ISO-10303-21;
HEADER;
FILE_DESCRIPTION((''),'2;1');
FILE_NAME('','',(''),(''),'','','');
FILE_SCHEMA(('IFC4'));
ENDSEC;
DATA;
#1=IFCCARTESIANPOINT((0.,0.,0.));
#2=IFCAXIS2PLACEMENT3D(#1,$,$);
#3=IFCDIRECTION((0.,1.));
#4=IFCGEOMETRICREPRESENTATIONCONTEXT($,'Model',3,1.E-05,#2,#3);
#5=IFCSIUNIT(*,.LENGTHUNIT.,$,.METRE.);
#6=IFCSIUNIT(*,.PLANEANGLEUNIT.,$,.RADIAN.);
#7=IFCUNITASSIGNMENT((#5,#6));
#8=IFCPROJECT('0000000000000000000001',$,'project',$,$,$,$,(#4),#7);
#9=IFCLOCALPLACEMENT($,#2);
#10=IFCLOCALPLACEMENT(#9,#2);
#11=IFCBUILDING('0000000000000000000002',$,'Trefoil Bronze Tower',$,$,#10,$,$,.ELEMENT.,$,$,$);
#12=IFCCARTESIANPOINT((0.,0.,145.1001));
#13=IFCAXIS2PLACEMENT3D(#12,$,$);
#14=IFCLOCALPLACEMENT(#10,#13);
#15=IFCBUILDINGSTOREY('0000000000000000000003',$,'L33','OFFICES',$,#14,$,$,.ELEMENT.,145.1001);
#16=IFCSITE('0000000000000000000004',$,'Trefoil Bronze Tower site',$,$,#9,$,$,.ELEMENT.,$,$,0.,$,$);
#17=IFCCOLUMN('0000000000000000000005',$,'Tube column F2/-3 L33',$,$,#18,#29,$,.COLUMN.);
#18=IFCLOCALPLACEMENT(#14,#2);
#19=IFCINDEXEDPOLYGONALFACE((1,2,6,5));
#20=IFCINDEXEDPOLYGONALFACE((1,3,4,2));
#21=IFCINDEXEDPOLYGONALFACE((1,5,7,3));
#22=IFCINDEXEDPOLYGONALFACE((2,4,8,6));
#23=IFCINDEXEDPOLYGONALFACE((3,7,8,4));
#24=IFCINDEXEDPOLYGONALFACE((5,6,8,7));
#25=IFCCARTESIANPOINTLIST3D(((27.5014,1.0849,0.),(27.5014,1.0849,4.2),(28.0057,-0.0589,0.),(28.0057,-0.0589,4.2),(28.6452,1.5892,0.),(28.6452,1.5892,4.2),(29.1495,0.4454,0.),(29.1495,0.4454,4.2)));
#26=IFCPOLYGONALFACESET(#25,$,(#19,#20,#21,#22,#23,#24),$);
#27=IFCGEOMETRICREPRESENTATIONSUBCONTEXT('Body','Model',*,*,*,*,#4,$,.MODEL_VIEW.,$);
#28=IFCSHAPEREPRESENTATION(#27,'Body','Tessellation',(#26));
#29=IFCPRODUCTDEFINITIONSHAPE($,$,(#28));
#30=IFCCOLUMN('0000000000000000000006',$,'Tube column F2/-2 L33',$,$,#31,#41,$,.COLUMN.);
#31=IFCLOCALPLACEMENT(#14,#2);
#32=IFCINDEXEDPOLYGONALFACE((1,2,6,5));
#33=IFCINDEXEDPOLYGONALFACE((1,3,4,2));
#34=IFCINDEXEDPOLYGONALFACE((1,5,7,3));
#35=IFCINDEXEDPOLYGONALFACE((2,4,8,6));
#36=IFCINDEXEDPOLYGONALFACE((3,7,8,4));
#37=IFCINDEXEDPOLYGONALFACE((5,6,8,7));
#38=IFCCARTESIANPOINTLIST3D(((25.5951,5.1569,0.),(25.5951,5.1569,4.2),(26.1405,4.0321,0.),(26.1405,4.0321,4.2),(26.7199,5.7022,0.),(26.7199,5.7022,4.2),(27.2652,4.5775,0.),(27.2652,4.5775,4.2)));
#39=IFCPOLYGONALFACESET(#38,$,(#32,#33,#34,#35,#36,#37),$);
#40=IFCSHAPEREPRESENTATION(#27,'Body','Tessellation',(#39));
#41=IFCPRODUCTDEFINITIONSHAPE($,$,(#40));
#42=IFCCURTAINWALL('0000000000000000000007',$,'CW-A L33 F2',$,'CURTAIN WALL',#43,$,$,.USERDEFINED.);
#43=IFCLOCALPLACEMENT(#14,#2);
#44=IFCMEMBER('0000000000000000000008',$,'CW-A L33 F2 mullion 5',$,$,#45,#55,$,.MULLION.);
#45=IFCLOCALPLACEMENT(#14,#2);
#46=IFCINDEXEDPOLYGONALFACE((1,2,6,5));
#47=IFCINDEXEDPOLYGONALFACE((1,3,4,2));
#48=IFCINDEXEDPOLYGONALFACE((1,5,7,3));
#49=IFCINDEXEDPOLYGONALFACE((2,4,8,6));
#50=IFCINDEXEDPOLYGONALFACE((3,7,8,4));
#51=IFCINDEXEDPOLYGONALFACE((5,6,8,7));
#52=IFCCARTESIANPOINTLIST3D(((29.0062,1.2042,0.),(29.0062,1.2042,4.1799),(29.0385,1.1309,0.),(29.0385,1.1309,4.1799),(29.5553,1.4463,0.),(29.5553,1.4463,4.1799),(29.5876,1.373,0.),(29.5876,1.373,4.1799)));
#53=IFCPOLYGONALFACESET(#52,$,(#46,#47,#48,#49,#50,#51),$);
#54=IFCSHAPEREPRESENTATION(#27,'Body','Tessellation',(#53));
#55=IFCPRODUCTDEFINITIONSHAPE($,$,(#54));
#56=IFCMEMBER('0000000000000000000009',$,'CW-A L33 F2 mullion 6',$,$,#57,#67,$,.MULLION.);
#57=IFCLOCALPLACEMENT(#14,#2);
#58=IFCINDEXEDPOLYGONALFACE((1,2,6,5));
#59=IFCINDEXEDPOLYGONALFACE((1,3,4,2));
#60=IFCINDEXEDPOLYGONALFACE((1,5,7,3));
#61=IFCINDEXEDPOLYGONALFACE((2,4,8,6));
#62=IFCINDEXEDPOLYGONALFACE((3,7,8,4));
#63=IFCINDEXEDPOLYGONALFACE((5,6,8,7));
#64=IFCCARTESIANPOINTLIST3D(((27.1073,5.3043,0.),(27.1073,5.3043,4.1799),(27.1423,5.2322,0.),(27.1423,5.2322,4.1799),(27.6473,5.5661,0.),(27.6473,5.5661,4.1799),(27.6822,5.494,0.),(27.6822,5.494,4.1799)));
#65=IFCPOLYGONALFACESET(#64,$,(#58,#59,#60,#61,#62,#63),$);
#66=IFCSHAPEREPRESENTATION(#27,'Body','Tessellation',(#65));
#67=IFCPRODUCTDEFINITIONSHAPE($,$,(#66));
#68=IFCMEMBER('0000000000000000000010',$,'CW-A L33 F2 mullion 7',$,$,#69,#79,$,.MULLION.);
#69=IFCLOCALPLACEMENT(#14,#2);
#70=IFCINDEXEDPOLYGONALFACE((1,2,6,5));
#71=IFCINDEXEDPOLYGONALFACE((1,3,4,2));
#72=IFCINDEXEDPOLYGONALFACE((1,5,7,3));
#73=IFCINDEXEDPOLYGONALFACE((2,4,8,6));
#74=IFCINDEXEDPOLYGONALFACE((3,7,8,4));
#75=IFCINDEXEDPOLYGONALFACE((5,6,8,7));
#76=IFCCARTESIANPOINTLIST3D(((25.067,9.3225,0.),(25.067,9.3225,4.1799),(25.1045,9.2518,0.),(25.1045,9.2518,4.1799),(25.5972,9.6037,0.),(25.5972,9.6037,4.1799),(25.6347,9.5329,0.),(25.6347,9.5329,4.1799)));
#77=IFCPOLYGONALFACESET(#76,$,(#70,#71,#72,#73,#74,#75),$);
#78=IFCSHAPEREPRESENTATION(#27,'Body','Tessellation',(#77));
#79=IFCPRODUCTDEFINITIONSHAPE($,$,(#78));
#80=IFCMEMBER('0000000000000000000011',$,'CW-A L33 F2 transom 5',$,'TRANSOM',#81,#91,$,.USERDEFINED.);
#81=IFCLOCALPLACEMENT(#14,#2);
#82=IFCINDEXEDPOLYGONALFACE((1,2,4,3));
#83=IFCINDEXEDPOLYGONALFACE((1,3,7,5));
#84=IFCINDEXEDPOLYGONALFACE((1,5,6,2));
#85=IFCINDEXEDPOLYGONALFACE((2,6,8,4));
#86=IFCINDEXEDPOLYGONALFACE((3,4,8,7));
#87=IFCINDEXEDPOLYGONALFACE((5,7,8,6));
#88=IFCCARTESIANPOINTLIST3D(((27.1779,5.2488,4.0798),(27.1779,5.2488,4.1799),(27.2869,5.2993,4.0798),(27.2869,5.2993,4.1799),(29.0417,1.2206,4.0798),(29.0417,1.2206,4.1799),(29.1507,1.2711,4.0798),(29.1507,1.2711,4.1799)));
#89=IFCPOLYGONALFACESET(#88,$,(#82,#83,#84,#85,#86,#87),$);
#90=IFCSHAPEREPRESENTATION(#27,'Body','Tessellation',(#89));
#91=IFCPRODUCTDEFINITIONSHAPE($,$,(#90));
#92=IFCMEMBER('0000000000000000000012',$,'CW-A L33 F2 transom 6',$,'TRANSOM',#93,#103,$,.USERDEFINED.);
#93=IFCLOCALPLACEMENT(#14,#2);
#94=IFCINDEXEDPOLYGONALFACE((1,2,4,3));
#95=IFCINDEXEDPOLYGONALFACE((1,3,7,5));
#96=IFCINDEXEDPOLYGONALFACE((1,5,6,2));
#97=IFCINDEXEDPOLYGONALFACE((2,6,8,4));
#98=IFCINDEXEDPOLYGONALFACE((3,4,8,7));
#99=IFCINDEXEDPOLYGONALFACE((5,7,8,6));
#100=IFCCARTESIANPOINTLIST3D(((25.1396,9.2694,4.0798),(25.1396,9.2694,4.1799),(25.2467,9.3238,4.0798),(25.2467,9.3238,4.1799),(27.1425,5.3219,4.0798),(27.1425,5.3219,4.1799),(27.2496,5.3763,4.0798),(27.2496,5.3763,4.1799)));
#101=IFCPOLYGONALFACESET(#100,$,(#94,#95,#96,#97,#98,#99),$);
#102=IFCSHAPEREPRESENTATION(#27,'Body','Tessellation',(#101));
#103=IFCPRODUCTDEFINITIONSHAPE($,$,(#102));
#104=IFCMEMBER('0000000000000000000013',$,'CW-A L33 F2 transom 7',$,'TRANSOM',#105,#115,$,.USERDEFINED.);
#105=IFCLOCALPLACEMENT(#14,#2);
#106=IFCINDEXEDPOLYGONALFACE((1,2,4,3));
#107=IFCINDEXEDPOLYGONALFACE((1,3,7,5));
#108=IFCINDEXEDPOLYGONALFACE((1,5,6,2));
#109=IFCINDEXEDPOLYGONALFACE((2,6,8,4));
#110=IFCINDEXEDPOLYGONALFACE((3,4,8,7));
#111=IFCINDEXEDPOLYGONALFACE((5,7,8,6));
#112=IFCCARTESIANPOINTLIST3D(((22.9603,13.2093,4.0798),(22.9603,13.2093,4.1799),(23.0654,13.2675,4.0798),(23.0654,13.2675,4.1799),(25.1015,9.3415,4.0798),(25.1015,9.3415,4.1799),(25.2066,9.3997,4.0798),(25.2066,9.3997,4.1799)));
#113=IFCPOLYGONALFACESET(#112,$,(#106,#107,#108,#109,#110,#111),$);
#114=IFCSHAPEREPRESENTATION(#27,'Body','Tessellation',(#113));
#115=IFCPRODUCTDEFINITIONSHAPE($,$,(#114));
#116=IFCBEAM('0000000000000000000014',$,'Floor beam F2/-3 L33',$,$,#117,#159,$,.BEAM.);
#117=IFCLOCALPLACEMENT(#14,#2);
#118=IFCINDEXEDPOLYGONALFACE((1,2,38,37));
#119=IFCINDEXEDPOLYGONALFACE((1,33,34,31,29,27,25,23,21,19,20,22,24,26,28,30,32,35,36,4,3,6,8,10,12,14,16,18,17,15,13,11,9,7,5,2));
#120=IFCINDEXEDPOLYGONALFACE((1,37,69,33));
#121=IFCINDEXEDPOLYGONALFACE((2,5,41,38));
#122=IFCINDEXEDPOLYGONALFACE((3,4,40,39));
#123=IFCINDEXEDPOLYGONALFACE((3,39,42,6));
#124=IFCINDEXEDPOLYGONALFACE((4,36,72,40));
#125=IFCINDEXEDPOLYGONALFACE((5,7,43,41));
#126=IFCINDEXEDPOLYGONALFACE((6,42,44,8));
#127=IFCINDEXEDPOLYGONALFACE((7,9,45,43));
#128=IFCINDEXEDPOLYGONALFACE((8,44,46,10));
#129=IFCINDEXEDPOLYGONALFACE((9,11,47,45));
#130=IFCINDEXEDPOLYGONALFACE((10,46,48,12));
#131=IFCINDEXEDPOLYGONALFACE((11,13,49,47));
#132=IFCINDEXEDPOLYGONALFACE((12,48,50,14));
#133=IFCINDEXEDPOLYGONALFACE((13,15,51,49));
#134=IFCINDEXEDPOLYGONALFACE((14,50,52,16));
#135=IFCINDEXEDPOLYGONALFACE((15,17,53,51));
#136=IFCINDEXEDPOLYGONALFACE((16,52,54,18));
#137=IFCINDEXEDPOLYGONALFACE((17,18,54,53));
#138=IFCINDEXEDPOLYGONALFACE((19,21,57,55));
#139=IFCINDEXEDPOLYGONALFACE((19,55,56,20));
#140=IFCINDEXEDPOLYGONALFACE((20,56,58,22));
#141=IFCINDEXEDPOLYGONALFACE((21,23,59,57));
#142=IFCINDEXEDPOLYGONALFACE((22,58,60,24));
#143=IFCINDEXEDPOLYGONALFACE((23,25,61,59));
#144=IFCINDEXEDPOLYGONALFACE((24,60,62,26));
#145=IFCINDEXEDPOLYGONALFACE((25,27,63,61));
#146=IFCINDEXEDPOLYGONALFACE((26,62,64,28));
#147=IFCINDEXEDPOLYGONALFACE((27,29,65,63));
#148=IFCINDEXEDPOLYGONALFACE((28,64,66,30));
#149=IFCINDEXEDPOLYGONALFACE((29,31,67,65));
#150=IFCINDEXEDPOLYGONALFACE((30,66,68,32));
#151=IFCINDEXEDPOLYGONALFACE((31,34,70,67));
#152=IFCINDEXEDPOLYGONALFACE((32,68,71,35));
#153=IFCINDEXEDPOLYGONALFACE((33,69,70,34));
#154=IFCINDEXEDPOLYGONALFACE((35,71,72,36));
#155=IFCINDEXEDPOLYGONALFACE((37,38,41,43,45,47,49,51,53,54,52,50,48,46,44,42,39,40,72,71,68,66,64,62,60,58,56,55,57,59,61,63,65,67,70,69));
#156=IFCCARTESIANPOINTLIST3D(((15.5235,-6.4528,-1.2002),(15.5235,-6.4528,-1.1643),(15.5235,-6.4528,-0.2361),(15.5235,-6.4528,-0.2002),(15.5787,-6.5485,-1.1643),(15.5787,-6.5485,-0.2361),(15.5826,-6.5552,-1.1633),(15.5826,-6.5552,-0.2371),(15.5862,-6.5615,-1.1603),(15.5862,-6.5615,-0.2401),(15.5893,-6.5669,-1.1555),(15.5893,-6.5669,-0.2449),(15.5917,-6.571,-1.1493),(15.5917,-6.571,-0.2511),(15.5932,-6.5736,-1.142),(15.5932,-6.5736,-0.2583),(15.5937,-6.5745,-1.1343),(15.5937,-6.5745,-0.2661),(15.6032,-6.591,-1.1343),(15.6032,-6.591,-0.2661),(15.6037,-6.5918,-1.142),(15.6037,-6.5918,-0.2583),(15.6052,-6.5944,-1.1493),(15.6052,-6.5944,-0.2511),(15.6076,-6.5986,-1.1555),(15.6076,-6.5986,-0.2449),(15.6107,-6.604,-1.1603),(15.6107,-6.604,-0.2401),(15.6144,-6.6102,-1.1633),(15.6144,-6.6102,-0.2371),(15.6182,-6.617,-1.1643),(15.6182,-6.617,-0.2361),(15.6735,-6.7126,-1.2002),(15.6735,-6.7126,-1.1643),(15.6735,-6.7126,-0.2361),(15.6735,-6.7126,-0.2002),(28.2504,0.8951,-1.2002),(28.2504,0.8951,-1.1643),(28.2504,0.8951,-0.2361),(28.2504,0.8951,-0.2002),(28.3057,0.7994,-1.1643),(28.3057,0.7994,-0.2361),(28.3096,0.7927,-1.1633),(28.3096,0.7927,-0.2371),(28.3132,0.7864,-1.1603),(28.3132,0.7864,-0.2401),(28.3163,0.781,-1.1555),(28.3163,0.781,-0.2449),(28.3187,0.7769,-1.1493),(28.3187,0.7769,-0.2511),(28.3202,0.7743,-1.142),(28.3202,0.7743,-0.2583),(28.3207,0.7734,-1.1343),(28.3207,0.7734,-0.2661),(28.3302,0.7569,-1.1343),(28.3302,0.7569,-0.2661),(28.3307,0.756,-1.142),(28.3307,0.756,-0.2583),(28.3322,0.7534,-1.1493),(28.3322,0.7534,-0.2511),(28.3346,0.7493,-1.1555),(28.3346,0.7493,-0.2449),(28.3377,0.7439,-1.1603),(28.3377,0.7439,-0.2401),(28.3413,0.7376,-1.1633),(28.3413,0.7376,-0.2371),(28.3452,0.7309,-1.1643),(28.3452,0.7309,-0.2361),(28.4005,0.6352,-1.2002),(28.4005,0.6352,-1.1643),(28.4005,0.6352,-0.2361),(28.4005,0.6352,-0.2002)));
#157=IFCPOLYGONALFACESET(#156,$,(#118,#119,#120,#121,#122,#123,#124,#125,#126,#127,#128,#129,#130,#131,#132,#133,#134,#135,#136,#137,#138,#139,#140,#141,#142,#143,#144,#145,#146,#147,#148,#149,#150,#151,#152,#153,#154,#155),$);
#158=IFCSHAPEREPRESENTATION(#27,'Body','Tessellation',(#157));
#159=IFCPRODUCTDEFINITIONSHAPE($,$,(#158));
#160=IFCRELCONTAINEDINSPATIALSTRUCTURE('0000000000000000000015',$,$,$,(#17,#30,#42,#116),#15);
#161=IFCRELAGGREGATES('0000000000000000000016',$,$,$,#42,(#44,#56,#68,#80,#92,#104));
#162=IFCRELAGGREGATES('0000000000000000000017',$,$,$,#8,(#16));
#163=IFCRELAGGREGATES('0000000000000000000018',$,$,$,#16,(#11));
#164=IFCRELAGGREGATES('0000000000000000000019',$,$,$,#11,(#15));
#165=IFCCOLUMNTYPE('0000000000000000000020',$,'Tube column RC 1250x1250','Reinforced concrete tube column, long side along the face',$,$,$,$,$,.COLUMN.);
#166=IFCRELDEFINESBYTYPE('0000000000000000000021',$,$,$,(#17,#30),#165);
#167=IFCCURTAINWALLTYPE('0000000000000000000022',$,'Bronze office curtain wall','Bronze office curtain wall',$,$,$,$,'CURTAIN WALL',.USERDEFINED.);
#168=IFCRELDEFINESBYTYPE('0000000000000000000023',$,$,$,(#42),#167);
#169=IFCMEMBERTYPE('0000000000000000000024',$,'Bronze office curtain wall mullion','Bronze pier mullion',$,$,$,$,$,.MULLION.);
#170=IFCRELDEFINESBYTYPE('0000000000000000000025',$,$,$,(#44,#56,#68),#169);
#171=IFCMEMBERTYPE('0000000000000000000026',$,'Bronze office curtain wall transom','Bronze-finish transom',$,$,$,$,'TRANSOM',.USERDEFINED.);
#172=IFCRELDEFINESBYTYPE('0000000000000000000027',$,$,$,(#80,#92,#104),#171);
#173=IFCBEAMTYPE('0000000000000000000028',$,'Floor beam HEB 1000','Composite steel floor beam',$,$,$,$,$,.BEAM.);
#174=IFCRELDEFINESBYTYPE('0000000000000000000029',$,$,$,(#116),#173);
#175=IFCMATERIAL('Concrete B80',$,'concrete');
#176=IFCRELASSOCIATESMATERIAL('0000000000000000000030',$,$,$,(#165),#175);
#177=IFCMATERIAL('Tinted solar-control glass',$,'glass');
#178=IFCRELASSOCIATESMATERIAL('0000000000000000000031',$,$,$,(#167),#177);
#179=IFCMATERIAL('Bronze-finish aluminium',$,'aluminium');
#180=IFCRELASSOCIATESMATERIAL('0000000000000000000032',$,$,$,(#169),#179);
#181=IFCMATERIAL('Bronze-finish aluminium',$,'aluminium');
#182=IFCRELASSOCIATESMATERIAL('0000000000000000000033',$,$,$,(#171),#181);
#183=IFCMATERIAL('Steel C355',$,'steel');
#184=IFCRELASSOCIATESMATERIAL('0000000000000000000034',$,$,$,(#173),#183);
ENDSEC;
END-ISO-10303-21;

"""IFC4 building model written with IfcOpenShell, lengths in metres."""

from ifc_helpers import new_model, si_unit, direction, frame, origin, origin_2d, place, context, subcontext, project, spatial, rectangle, i_section, extrude, material, material_profile, profile_set, type_object, element, aggregate, save


model = new_model("IFC4")

# Units and contexts
model_context = context("Model", 3, precision=1e-05, world=origin(), true_north=direction((0.0, 1.0)))
body_context = subcontext(model_context, "Body", "Model", "MODEL_VIEW")
ifc_project = project(units=[si_unit("LENGTHUNIT", "METRE"), si_unit("PLANEANGLEUNIT", "RADIAN")], contexts=[model_context])

# Site, building, storey
site_placement = place(None, origin())
site = spatial("IfcSite", under=ifc_project, at=site_placement, Name="Trefoil Bronze Tower site", CompositionType="ELEMENT", RefElevation=0.0)
building_placement = place(site_placement, origin())
building = spatial("IfcBuilding", under=site, at=building_placement, Name="Trefoil Bronze Tower", CompositionType="ELEMENT")
storey_placement = place(building_placement, frame((0.0, 0.0, 145.1001)))
storey = spatial("IfcBuildingStorey", under=building, at=storey_placement, Name="L33", Description="OFFICES", CompositionType="ELEMENT", Elevation=145.1001)

# Columns
ifc_material_1 = material(Name="Concrete B80", Category="concrete")
ifc_material_profile_1 = material_profile(ifc_material_1, rectangle(XDim=1.25, YDim=1.25, at=origin_2d()), Name="RC 1250x1250")
ifc_profile_set_1 = profile_set([ifc_material_profile_1], Name="Concrete B80")
column_type = type_object("IfcColumnType", Name="Tube column RC 1250x1250", Description="Reinforced concrete tube column, long side along the face", PredefinedType="COLUMN", material=ifc_profile_set_1)
for number, where, z_axis, x_axis, name in (
    (1, (28.3254, 0.7651, 0.0), (0.0, 0.0, 1.0), (-0.403412, 0.915018, 0.0), "Tube column F2/-3 L33"),
    (2, (26.4302, 4.8672, 0.0), (0.0, 0.0, 1.0), (-0.436262, 0.89982, 0.0), "Tube column F2/-2 L33"),
):
    element("IfcColumn", number, at=place(storey_placement, frame(where, z_axis=z_axis, x_axis=x_axis)), inside=storey, type_object=column_type, Name=name, PredefinedType="COLUMN", context=body_context, shape_type="SweptSolid", body=[
        extrude(rectangle(XDim=1.25, YDim=1.25, at=origin_2d()), origin(), (0.0, 0.0, 1.0), 4.2),
    ])

# Curtain wall, members
ifc_material_2 = material(Name="Tinted solar-control glass", Category="glass")
curtain_wall_type = type_object("IfcCurtainWallType", Name="Bronze office curtain wall", Description="Bronze office curtain wall", ElementType="CURTAIN WALL", PredefinedType="USERDEFINED", material=ifc_material_2)
curtain_wall_placement = place(storey_placement, origin())
curtain_wall = element("IfcCurtainWall", 3, at=curtain_wall_placement, inside=storey, type_object=curtain_wall_type, Name="CW-A L33 F2", ObjectType="CURTAIN WALL", PredefinedType="USERDEFINED")
ifc_material_3 = material(Name="Bronze-finish aluminium", Category="aluminium")
ifc_material_profile_2 = material_profile(ifc_material_3, rectangle(XDim=0.6001, YDim=0.0801, at=origin_2d()), Name="CW-A mullion")
ifc_profile_set_2 = profile_set([ifc_material_profile_2], Name="Bronze-finish aluminium")
member_type_1 = type_object("IfcMemberType", Name="Bronze office curtain wall mullion", Description="Bronze pier mullion", PredefinedType="MULLION", material=ifc_profile_set_2)
member_1_placement = place(storey_placement, frame((29.2969, 1.2886, 0.0), z_axis=(0.0, 0.0, 1.0), x_axis=(-0.915018, -0.403412, 0.0)))
member_1 = element("IfcMember", 4, at=member_1_placement, type_object=member_type_1, Name="CW-A L33 F2 mullion 5", PredefinedType="MULLION", context=body_context, shape_type="SweptSolid", body=[
    extrude(rectangle(XDim=0.6001, YDim=0.0801, at=origin_2d()), origin(), (0.0, 0.0, 1.0), 4.1799),
])
member_2_placement = place(storey_placement, frame((27.3948, 5.3992, 0.0), z_axis=(0.0, 0.0, 1.0), x_axis=(-0.89982, -0.436262, 0.0)))
member_2 = element("IfcMember", 5, at=member_2_placement, type_object=member_type_1, Name="CW-A L33 F2 mullion 6", PredefinedType="MULLION", context=body_context, shape_type="SweptSolid", body=[
    extrude(rectangle(XDim=0.6001, YDim=0.0801, at=origin_2d()), origin(), (0.0, 0.0, 1.0), 4.1799),
])
member_3_placement = place(storey_placement, frame((25.3508, 9.4277, 0.0), z_axis=(0.0, 0.0, 1.0), x_axis=(-0.883486, -0.468457, 0.0)))
member_3 = element("IfcMember", 6, at=member_3_placement, type_object=member_type_1, Name="CW-A L33 F2 mullion 7", PredefinedType="MULLION", context=body_context, shape_type="SweptSolid", body=[
    extrude(rectangle(XDim=0.6001, YDim=0.0801, at=origin_2d()), origin(), (0.0, 0.0, 1.0), 4.1799),
])
ifc_material_4 = material(Name="Bronze-finish aluminium", Category="aluminium")
ifc_material_profile_3 = material_profile(ifc_material_4, rectangle(XDim=0.1201, YDim=0.1001, at=origin_2d()), Name="CW-A transom")
ifc_profile_set_3 = profile_set([ifc_material_profile_3], Name="Bronze-finish aluminium")
member_type_2 = type_object("IfcMemberType", Name="Bronze office curtain wall transom", Description="Bronze-finish transom", ElementType="TRANSOM", PredefinedType="USERDEFINED", material=ifc_profile_set_3)
member_4_placement = place(storey_placement, frame((29.0962, 1.2458, 4.1299), z_axis=(-0.419923, 0.90756, 0.0), x_axis=(-0.90756, -0.419923, 0.0)))
member_4 = element("IfcMember", 7, at=member_4_placement, type_object=member_type_2, Name="CW-A L33 F2 transom 5", ObjectType="TRANSOM", PredefinedType="USERDEFINED", context=body_context, shape_type="SweptSolid", body=[
    extrude(rectangle(XDim=0.1201, YDim=0.1001, at=origin_2d()), origin(), (0.0, 0.0, 1.0), 4.4385),
])
member_5_placement = place(storey_placement, frame((27.196, 5.3491, 4.1299), z_axis=(-0.452478, 0.891775, 0.0), x_axis=(-0.891775, -0.452478, 0.0)))
member_5 = element("IfcMember", 8, at=member_5_placement, type_object=member_type_2, Name="CW-A L33 F2 transom 6", ObjectType="TRANSOM", PredefinedType="USERDEFINED", context=body_context, shape_type="SweptSolid", body=[
    extrude(rectangle(XDim=0.1201, YDim=0.1001, at=origin_2d()), origin(), (0.0, 0.0, 1.0), 4.4265),
])
member_6_placement = place(storey_placement, frame((25.1541, 9.3706, 4.1299), z_axis=(-0.484329, 0.874886, 0.0), x_axis=(-0.874886, -0.484329, 0.0)))
member_6 = element("IfcMember", 9, at=member_6_placement, type_object=member_type_2, Name="CW-A L33 F2 transom 7", ObjectType="TRANSOM", PredefinedType="USERDEFINED", context=body_context, shape_type="SweptSolid", body=[
    extrude(rectangle(XDim=0.1201, YDim=0.1001, at=origin_2d()), origin(), (0.0, 0.0, 1.0), 4.4209),
])

# Beam
ifc_material_5 = material(Name="Steel C355", Category="steel")
ifc_material_profile_4 = material_profile(ifc_material_5, i_section(OverallWidth=0.3, OverallDepth=1.0, WebThickness=0.019, FlangeThickness=0.0359, FilletRadius=0.03, at=origin_2d()), Name="HEB 1000")
ifc_profile_set_4 = profile_set([ifc_material_profile_4], Name="Steel C355")
beam_type_1 = type_object("IfcBeamType", Name="Floor beam HEB 1000", Description="Composite steel floor beam", PredefinedType="BEAM", material=ifc_profile_set_4)
beam_1_placement = place(storey_placement, frame((28.3254, 0.7651, -0.7002), z_axis=(-0.866027, -0.499997, 0.0), x_axis=(0.499997, -0.866027, 0.0)))
element("IfcBeam", 10, at=beam_1_placement, inside=storey, type_object=beam_type_1, Name="Floor beam F2/-3 L33", PredefinedType="BEAM", context=body_context, shape_type="SweptSolid", body=[
    extrude(i_section(OverallWidth=0.3, OverallDepth=1.0, WebThickness=0.019, FlangeThickness=0.0359, FilletRadius=0.03, at=origin_2d()), origin(), (0.0, 0.0, 1.0), 14.6958),
])

aggregate(curtain_wall, [member_1, member_2, member_3, member_4, member_5, member_6])

save(model, "model.ifc")
